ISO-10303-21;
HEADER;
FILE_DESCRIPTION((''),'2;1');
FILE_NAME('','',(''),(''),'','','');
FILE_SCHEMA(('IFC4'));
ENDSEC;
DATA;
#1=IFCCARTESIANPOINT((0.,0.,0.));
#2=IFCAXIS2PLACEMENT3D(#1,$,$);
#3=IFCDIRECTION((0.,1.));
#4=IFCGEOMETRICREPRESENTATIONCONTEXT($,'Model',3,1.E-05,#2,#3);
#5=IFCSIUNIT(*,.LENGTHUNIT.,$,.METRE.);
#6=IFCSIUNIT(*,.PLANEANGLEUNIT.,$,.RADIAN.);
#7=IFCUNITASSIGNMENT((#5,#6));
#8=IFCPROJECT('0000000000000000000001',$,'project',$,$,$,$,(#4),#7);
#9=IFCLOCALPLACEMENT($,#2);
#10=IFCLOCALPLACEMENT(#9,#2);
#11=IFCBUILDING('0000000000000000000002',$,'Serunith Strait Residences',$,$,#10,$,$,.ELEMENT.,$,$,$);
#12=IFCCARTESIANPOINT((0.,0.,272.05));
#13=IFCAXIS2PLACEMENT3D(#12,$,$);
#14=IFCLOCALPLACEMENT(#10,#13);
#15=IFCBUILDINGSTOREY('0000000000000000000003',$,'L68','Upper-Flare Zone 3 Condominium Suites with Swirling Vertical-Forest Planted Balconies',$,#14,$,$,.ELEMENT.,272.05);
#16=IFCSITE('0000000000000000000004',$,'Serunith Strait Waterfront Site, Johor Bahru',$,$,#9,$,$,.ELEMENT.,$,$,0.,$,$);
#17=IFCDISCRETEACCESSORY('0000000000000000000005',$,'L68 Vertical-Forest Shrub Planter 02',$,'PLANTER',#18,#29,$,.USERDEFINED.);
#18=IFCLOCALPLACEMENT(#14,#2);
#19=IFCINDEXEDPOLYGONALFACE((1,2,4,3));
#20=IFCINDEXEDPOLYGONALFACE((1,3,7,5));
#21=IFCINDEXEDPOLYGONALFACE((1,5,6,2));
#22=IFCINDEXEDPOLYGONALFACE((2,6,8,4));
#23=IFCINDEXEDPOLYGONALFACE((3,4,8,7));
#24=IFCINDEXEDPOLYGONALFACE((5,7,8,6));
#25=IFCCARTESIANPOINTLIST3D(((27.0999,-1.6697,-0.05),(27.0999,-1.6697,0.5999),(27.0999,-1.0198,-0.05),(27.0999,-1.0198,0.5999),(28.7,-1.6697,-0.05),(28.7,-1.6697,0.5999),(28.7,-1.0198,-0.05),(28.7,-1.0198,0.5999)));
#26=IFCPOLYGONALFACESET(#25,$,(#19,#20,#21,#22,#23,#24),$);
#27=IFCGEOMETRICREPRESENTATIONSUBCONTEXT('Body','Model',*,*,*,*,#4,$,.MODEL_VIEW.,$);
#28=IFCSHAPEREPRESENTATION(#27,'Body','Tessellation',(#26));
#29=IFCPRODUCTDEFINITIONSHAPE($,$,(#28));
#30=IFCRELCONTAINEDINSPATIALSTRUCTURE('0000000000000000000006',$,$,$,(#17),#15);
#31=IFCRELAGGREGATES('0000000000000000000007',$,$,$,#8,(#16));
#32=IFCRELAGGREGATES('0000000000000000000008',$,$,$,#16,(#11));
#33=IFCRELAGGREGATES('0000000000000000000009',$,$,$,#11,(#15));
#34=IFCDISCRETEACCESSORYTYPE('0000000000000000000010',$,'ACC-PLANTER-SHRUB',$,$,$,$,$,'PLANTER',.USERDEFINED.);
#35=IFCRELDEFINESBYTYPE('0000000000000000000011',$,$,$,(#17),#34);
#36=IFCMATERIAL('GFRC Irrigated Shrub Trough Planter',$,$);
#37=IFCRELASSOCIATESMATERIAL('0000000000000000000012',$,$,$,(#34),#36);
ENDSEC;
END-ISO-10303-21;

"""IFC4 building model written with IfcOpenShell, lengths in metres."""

from ifc_helpers import new_model, si_unit, direction, frame, origin, origin_2d, place, context, subcontext, project, spatial, rectangle, extrude, source, transform, mapped, material, type_object, element, save


model = new_model("IFC4")

# Units and contexts
model_context = context("Model", 3, precision=1e-05, world=origin(), true_north=direction((0.0, 1.0)))
body_context = subcontext(model_context, "Body", "Model", "MODEL_VIEW")
ifc_project = project(units=[si_unit("LENGTHUNIT", "METRE"), si_unit("PLANEANGLEUNIT", "RADIAN")], contexts=[model_context])

# Site, building, storey
site_placement = place(None, origin())
site = spatial("IfcSite", under=ifc_project, at=site_placement, Name="Serunith Strait Waterfront Site, Johor Bahru", CompositionType="ELEMENT", RefElevation=0.0)
building_placement = place(site_placement, origin())
building = spatial("IfcBuilding", under=site, at=building_placement, Name="Serunith Strait Residences", CompositionType="ELEMENT")
storey_placement = place(building_placement, frame((0.0, 0.0, 272.05)))
storey = spatial("IfcBuildingStorey", under=building, at=storey_placement, Name="L68", Description="Upper-Flare Zone 3 Condominium Suites with Swirling Vertical-Forest Planted Balconies", CompositionType="ELEMENT", Elevation=272.05)

# Discrete accessory
ifc_material_1 = material(Name="GFRC Irrigated Shrub Trough Planter")
discrete_accessory_type = type_object("IfcDiscreteAccessoryType", Name="ACC-PLANTER-SHRUB", ElementType="PLANTER", PredefinedType="USERDEFINED", material=ifc_material_1)
shared_shape_1 = source(origin(), body_context, "Body", "SweptSolid", [
    extrude(rectangle(XDim=1.6001, YDim=0.6499, at=origin_2d()), origin(), (0.0, 0.0, 1.0), 0.6499),
])
discrete_accessory_placement = place(storey_placement, frame((27.8999, -1.3447, -0.05), z_axis=(0.0, 0.0, 1.0), x_axis=(1.0, 0.0, 0.0)))
element("IfcDiscreteAccessory", 1, at=discrete_accessory_placement, inside=storey, type_object=discrete_accessory_type, Name="L68 Vertical-Forest Shrub Planter 02", ObjectType="PLANTER", PredefinedType="USERDEFINED", context=body_context, shape_type="MappedRepresentation", body=[
    mapped(shared_shape_1, transform((0.0, 0.0, 0.0), scale=1.0)),
])

save(model, "model.ifc")
